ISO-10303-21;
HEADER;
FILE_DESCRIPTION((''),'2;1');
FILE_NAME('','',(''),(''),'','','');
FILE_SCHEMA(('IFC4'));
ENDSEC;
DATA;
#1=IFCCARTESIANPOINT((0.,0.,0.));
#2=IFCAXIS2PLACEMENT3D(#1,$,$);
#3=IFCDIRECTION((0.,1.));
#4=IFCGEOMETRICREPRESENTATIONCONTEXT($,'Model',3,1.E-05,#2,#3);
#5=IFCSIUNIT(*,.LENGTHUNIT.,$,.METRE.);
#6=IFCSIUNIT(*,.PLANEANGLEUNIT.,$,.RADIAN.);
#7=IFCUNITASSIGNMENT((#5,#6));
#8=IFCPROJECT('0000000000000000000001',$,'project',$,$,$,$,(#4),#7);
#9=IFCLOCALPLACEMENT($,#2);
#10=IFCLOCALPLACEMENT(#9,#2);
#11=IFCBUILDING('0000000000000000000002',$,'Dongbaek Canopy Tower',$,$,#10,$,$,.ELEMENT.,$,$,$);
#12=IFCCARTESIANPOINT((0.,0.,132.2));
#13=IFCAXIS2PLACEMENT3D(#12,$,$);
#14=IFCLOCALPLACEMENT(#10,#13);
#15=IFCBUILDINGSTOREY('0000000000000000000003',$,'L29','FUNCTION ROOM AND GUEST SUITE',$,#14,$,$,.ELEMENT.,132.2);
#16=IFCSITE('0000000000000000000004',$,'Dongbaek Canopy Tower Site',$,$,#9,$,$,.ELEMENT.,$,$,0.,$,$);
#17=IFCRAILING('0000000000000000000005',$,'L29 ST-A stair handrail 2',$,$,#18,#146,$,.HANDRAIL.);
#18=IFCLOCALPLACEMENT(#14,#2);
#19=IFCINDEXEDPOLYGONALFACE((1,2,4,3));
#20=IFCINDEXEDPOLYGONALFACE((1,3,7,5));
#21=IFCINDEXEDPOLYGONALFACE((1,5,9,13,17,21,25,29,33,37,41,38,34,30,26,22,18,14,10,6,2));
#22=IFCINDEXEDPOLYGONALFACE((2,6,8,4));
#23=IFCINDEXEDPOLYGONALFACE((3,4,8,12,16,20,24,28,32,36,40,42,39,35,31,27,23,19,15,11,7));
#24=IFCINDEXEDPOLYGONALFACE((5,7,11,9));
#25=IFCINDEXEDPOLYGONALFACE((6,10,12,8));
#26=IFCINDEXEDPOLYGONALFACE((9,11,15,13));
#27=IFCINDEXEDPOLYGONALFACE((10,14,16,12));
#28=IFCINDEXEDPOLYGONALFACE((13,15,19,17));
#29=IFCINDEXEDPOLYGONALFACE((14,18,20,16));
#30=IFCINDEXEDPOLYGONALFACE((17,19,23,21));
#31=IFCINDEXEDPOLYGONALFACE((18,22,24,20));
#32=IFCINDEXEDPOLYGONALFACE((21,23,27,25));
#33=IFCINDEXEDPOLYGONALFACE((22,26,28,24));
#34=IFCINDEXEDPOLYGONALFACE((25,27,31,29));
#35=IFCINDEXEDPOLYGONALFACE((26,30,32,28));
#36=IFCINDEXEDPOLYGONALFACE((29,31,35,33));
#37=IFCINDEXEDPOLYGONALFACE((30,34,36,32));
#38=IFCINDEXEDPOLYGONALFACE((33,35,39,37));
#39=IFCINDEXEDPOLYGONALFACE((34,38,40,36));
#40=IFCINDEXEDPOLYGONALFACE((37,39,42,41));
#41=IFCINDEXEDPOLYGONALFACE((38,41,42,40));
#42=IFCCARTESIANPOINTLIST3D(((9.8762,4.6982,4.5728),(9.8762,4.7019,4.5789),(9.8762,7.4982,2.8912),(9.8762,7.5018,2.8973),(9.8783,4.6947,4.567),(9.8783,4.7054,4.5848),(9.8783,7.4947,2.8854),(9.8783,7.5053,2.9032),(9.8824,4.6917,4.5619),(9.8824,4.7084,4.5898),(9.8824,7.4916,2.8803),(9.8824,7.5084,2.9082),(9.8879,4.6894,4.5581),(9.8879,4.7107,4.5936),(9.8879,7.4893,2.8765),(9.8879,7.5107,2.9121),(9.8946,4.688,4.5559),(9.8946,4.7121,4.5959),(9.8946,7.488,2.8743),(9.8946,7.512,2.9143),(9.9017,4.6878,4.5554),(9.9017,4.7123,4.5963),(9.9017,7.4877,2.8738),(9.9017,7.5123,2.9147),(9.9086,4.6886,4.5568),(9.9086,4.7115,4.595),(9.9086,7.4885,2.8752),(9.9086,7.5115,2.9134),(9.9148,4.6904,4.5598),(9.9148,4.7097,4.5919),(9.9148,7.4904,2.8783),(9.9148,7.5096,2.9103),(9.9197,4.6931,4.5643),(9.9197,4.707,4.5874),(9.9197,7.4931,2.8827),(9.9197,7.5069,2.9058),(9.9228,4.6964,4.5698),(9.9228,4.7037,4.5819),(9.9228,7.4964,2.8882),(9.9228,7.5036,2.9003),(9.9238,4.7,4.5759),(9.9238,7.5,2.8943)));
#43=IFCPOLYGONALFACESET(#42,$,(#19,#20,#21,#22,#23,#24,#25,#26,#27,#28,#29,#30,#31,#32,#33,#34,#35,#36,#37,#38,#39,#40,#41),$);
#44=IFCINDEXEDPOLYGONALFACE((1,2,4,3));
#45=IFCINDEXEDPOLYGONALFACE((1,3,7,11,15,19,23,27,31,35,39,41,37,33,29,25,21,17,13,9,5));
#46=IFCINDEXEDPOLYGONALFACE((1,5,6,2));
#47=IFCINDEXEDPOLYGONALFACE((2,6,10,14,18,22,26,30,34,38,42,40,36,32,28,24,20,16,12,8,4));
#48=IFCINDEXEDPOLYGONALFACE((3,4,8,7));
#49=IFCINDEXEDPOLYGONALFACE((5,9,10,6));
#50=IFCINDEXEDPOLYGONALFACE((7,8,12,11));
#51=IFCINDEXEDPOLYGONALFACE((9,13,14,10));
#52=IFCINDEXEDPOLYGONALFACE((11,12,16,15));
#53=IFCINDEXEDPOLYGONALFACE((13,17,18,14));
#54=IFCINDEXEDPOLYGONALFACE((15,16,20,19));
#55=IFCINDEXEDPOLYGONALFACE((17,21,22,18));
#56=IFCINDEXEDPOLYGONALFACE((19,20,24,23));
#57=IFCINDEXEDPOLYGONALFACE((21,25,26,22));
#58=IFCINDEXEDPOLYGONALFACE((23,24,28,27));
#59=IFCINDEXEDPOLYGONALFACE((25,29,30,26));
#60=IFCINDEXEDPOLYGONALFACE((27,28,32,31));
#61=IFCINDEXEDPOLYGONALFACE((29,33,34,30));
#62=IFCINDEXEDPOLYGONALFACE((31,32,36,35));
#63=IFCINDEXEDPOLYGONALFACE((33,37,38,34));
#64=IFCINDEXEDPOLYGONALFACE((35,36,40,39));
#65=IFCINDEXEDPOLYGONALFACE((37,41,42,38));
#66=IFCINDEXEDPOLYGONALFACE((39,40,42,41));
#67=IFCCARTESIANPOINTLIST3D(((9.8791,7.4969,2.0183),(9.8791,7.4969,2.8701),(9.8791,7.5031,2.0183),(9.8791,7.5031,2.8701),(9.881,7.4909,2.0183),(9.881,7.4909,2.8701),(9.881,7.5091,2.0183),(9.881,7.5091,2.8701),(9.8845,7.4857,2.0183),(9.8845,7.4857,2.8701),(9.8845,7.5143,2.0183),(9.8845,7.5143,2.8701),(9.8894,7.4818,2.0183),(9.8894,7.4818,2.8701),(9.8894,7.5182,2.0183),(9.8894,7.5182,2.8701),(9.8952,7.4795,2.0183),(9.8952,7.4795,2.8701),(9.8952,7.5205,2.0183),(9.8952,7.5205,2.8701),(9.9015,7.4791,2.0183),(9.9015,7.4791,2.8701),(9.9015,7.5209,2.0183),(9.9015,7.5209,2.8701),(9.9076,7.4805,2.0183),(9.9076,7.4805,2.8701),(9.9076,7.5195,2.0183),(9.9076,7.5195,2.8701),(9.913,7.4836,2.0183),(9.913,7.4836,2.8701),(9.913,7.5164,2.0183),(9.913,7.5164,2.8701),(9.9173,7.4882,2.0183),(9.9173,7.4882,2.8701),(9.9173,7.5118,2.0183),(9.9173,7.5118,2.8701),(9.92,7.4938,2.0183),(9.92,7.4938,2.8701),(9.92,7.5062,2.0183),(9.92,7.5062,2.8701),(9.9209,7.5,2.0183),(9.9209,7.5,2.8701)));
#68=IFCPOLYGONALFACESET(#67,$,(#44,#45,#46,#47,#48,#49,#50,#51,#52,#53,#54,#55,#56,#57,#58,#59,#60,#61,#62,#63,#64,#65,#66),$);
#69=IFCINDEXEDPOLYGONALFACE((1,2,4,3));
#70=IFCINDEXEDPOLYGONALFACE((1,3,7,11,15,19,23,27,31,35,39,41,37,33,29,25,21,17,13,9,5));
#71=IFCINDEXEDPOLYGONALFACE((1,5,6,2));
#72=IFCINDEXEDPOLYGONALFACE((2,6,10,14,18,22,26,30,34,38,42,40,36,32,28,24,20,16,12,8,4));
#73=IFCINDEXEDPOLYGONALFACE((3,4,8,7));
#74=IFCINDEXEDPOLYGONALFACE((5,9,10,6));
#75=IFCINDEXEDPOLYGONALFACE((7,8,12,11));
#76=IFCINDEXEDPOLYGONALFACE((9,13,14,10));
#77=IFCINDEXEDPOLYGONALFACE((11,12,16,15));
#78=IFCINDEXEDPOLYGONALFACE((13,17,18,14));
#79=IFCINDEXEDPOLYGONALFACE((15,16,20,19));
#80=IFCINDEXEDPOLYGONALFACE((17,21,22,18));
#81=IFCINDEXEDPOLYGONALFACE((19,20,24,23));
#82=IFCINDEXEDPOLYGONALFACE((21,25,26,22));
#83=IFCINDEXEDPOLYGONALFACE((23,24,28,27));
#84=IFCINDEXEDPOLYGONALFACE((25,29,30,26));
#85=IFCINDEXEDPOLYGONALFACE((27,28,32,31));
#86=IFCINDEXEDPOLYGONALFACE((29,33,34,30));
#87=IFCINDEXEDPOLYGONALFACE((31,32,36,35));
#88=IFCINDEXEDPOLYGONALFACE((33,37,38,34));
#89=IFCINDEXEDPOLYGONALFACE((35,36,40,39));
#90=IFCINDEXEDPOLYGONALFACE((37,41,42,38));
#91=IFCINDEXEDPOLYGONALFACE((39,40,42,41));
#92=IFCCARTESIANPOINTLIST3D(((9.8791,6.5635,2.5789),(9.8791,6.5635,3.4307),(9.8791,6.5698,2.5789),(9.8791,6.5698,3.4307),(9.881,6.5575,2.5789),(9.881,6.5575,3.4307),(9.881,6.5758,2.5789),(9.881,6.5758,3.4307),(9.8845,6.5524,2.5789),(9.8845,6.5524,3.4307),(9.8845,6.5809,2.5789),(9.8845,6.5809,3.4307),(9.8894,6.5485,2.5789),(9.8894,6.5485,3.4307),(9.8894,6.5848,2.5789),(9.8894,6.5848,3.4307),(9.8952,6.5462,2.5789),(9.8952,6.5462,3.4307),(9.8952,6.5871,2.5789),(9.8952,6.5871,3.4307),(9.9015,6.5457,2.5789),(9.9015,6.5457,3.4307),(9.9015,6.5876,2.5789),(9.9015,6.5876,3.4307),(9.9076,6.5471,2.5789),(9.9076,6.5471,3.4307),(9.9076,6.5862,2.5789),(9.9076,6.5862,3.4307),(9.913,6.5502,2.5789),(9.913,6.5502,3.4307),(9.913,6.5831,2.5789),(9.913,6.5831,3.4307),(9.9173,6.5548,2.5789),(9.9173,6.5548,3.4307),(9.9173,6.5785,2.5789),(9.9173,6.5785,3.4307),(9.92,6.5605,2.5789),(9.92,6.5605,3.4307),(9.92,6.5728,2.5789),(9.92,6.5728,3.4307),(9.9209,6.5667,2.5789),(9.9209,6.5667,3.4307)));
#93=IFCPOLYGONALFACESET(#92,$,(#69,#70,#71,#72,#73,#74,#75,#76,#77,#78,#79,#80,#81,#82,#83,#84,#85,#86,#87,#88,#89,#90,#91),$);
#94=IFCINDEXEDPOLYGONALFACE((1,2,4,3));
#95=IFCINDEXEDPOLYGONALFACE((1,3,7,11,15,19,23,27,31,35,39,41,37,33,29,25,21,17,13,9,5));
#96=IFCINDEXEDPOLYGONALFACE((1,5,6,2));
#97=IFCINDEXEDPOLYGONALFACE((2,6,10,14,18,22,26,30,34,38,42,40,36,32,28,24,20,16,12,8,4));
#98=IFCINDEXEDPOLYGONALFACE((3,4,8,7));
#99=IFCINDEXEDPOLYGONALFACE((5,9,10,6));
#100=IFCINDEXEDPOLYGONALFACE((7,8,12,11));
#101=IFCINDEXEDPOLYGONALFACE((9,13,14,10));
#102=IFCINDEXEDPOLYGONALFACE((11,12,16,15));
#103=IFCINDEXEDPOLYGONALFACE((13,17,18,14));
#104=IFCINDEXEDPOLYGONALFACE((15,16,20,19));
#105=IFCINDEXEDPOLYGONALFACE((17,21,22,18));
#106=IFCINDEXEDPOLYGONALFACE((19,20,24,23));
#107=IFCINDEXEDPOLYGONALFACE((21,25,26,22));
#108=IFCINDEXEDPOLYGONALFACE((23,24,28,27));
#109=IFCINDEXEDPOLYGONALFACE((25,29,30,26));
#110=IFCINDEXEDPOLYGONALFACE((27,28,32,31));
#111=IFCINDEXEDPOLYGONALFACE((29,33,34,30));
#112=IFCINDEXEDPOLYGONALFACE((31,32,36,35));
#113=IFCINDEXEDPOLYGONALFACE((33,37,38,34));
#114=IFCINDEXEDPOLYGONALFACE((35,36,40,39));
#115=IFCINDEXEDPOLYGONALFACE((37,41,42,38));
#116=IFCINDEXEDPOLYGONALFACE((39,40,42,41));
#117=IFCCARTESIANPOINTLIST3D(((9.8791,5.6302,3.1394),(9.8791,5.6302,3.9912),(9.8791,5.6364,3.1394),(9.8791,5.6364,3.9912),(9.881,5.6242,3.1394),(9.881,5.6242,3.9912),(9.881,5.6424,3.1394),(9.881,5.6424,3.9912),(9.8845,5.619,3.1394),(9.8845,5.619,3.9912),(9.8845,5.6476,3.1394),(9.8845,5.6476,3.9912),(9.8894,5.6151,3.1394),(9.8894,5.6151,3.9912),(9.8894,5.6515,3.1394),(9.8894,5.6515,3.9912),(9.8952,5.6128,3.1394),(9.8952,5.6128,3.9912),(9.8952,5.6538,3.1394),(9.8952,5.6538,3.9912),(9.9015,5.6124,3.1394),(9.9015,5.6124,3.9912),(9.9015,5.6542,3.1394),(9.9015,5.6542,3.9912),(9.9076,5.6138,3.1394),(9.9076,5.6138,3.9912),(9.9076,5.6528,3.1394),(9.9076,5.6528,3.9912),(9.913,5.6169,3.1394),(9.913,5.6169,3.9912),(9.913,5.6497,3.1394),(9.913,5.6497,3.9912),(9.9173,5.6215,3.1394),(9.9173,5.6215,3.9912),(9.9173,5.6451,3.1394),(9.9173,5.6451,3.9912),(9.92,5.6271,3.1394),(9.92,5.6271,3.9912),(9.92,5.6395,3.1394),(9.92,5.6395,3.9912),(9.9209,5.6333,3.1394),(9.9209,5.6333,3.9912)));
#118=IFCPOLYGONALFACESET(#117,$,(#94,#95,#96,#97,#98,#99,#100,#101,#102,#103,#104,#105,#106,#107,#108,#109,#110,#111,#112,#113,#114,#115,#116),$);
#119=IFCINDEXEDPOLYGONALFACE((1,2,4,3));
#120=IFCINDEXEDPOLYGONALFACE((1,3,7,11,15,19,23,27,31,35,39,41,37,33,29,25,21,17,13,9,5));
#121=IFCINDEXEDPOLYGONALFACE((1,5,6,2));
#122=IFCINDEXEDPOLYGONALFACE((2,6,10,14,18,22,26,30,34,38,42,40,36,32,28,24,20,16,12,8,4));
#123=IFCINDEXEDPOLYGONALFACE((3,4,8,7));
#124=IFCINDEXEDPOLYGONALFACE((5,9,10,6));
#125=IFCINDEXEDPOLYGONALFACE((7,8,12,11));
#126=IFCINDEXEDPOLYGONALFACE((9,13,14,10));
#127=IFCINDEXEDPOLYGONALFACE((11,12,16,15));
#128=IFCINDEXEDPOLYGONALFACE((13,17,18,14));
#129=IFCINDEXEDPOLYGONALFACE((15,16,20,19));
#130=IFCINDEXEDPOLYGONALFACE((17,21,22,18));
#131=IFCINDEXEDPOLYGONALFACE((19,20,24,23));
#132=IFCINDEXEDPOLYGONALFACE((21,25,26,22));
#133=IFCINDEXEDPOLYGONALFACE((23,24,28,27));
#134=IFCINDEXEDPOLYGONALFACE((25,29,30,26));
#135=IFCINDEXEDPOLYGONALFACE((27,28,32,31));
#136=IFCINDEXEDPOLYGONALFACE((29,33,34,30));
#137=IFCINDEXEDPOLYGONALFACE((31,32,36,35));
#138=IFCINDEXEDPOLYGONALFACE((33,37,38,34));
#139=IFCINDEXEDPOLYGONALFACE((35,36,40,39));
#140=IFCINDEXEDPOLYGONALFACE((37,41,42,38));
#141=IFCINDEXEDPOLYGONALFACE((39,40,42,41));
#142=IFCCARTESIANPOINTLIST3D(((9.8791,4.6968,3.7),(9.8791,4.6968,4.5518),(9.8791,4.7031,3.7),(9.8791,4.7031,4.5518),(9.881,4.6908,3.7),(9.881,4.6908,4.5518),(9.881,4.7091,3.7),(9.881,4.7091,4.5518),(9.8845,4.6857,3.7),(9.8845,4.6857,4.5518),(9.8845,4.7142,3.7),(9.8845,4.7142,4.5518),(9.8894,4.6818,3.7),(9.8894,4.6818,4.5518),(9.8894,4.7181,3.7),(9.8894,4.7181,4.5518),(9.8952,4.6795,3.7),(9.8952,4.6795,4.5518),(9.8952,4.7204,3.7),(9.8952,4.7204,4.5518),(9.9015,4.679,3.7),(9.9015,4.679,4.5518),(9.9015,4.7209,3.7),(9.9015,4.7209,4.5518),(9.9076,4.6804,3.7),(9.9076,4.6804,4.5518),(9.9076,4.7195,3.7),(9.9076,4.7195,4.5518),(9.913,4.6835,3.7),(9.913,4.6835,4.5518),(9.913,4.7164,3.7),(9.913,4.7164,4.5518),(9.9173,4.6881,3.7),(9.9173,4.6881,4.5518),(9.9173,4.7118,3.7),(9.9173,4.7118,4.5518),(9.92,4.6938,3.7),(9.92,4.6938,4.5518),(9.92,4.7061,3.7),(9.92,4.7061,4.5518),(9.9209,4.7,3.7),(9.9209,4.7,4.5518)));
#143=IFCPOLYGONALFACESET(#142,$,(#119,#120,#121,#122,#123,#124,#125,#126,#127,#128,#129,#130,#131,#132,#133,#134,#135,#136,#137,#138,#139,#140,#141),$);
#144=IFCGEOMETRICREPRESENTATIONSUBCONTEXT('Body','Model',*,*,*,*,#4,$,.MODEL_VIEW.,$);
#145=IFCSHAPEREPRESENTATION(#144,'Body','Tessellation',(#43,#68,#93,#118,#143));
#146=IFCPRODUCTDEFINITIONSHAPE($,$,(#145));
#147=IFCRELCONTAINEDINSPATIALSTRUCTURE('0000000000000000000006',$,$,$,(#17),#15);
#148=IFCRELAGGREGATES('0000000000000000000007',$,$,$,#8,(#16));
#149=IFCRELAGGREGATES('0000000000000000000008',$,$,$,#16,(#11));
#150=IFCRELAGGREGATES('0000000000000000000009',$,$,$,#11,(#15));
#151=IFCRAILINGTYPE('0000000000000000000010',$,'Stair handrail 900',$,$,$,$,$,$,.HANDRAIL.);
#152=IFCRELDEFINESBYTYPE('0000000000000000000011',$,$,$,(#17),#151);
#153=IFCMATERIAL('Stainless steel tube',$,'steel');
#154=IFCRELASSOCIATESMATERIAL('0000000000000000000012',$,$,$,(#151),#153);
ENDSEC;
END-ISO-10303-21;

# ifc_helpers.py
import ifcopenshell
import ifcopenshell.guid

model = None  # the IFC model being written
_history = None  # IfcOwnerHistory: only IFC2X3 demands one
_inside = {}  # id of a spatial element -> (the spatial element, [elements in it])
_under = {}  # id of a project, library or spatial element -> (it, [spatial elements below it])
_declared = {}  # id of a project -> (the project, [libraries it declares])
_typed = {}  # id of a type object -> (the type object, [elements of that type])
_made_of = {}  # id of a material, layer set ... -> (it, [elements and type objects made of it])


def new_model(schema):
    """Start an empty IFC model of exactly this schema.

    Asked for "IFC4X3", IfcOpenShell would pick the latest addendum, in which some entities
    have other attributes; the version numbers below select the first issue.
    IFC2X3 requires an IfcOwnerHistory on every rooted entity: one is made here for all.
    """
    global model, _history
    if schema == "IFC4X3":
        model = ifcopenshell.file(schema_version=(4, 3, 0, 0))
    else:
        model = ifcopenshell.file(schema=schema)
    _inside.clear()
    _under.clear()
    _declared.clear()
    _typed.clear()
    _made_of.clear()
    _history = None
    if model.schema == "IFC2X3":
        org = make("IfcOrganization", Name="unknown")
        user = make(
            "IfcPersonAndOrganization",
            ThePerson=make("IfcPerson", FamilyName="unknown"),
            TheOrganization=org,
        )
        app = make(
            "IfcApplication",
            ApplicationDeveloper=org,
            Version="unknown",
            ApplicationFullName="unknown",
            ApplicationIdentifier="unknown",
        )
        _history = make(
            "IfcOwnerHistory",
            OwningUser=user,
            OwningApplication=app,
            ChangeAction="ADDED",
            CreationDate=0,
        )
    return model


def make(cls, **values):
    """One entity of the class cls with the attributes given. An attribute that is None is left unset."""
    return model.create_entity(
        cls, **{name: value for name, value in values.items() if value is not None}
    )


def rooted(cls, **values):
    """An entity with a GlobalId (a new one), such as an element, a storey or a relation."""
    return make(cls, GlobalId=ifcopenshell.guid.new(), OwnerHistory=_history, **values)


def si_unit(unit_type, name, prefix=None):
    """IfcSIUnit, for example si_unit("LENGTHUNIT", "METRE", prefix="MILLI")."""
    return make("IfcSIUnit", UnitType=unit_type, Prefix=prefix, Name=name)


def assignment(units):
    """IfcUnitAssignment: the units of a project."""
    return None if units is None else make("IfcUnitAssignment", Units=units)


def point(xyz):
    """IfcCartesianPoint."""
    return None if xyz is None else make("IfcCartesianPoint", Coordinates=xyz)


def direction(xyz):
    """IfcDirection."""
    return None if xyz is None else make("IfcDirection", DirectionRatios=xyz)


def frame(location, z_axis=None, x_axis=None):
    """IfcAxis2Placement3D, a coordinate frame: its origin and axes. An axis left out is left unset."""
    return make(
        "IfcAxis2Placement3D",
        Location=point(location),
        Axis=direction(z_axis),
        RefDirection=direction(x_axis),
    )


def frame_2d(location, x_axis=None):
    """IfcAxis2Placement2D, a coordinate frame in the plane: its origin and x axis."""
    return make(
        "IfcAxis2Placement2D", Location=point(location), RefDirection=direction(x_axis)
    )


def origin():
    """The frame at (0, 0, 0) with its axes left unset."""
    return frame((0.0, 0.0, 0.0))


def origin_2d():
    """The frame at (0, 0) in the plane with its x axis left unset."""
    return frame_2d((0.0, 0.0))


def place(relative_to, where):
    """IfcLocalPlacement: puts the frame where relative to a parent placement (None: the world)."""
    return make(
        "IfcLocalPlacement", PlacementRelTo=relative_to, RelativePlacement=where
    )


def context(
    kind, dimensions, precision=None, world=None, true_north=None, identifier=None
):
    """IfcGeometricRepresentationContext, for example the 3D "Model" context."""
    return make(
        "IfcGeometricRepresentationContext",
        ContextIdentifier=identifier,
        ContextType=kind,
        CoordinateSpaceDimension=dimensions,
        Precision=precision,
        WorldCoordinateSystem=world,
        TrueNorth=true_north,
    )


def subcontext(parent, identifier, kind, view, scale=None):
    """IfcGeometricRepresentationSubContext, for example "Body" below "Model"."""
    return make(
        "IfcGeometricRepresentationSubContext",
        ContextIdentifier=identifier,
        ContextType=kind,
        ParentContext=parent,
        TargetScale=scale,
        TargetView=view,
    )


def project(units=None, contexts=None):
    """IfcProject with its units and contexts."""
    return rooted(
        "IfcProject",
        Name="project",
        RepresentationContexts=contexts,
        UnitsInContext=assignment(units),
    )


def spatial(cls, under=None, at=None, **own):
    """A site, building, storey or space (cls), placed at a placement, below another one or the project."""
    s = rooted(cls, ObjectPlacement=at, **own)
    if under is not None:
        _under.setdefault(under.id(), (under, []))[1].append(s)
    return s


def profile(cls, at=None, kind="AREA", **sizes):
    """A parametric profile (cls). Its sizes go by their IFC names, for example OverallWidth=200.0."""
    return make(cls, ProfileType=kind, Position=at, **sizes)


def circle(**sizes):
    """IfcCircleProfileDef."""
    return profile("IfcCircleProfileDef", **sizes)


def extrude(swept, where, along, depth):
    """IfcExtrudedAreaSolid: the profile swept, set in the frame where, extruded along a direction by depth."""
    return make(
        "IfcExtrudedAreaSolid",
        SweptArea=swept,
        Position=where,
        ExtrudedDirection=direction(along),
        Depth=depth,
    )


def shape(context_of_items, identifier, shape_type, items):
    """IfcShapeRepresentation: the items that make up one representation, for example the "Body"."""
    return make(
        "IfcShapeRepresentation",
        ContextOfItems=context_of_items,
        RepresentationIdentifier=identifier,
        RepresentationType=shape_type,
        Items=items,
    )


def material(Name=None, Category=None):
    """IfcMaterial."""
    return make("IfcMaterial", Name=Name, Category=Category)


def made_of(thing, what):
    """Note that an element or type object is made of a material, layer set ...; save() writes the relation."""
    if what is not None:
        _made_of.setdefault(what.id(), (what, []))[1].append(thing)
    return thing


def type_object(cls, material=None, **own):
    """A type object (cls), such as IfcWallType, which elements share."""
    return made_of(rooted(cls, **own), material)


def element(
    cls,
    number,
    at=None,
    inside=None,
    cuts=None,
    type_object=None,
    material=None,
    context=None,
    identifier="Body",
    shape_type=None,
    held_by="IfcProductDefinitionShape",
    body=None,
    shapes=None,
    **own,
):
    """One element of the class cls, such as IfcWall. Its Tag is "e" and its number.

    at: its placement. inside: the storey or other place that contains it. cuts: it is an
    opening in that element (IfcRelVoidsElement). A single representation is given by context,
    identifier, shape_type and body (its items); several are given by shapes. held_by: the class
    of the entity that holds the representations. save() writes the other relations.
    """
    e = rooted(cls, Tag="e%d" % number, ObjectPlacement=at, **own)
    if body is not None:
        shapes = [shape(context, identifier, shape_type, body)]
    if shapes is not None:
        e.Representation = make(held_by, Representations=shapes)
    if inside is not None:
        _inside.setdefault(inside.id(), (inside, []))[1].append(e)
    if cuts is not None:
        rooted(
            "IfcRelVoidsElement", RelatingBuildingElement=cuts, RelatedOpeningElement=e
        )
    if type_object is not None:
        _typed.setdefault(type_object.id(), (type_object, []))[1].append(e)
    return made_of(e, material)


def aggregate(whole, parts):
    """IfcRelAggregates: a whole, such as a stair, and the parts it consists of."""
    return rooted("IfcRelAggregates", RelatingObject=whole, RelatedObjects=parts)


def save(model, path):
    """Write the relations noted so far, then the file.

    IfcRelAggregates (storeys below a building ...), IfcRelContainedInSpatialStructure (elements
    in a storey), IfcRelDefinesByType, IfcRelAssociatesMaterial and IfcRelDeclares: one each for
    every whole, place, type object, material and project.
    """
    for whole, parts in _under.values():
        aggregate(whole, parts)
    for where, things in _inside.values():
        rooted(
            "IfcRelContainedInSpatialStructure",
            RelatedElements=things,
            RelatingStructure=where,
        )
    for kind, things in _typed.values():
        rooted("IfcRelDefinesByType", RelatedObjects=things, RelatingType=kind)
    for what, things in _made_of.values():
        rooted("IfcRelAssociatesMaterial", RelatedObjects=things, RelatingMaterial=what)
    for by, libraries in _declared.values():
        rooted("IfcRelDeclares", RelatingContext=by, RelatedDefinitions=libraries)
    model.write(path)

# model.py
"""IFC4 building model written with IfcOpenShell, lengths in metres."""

from ifc_helpers import new_model, si_unit, direction, frame, origin, origin_2d, place, context, subcontext, project, spatial, circle, extrude, material, type_object, element, save


model = new_model("IFC4")

# Units and contexts
model_context = context("Model", 3, precision=1e-05, world=origin(), true_north=direction((0.0, 1.0)))
body_context = subcontext(model_context, "Body", "Model", "MODEL_VIEW")
ifc_project = project(units=[si_unit("LENGTHUNIT", "METRE"), si_unit("PLANEANGLEUNIT", "RADIAN")], contexts=[model_context])

# Site, building, storey
site_placement = place(None, origin())
site = spatial("IfcSite", under=ifc_project, at=site_placement, Name="Dongbaek Canopy Tower Site", CompositionType="ELEMENT", RefElevation=0.0)
building_placement = place(site_placement, origin())
building = spatial("IfcBuilding", under=site, at=building_placement, Name="Dongbaek Canopy Tower", CompositionType="ELEMENT")
storey_placement = place(building_placement, frame((0.0, 0.0, 132.2)))
storey = spatial("IfcBuildingStorey", under=building, at=storey_placement, Name="L29", Description="FUNCTION ROOM AND GUEST SUITE", CompositionType="ELEMENT", Elevation=132.2)

# Railing
ifc_material_1 = material(Name="Stainless steel tube", Category="steel")
railing_type_1 = type_object("IfcRailingType", Name="Stair handrail 900", PredefinedType="HANDRAIL", material=ifc_material_1)
railing_1_placement = place(storey_placement, frame((9.8999, 7.5, 2.0183)))
element("IfcRailing", 1, at=railing_1_placement, inside=storey, type_object=railing_type_1, Name="L29 ST-A stair handrail 2", PredefinedType="HANDRAIL", context=body_context, shape_type="SweptSolid", body=[
    extrude(circle(Radius=0.0239, at=origin_2d()), frame((0.0, 0.0, 0.876), z_axis=(0.0, -0.857275, 0.514858), x_axis=(1.0, 0.0, 0.0)), (0.0, 0.0, 1.0), 3.2661),
    extrude(circle(Radius=0.021, at=origin_2d()), origin(), (0.0, 0.0, 1.0), 0.8518),
    extrude(circle(Radius=0.021, at=origin_2d()), frame((0.0, -0.9333, 0.5605)), (0.0, 0.0, 1.0), 0.8518),
    extrude(circle(Radius=0.021, at=origin_2d()), frame((0.0, -1.8667, 1.1211)), (0.0, 0.0, 1.0), 0.8518),
    extrude(circle(Radius=0.021, at=origin_2d()), frame((0.0, -2.8, 1.6816)), (0.0, 0.0, 1.0), 0.8518),
])

save(model, "model.ifc")
